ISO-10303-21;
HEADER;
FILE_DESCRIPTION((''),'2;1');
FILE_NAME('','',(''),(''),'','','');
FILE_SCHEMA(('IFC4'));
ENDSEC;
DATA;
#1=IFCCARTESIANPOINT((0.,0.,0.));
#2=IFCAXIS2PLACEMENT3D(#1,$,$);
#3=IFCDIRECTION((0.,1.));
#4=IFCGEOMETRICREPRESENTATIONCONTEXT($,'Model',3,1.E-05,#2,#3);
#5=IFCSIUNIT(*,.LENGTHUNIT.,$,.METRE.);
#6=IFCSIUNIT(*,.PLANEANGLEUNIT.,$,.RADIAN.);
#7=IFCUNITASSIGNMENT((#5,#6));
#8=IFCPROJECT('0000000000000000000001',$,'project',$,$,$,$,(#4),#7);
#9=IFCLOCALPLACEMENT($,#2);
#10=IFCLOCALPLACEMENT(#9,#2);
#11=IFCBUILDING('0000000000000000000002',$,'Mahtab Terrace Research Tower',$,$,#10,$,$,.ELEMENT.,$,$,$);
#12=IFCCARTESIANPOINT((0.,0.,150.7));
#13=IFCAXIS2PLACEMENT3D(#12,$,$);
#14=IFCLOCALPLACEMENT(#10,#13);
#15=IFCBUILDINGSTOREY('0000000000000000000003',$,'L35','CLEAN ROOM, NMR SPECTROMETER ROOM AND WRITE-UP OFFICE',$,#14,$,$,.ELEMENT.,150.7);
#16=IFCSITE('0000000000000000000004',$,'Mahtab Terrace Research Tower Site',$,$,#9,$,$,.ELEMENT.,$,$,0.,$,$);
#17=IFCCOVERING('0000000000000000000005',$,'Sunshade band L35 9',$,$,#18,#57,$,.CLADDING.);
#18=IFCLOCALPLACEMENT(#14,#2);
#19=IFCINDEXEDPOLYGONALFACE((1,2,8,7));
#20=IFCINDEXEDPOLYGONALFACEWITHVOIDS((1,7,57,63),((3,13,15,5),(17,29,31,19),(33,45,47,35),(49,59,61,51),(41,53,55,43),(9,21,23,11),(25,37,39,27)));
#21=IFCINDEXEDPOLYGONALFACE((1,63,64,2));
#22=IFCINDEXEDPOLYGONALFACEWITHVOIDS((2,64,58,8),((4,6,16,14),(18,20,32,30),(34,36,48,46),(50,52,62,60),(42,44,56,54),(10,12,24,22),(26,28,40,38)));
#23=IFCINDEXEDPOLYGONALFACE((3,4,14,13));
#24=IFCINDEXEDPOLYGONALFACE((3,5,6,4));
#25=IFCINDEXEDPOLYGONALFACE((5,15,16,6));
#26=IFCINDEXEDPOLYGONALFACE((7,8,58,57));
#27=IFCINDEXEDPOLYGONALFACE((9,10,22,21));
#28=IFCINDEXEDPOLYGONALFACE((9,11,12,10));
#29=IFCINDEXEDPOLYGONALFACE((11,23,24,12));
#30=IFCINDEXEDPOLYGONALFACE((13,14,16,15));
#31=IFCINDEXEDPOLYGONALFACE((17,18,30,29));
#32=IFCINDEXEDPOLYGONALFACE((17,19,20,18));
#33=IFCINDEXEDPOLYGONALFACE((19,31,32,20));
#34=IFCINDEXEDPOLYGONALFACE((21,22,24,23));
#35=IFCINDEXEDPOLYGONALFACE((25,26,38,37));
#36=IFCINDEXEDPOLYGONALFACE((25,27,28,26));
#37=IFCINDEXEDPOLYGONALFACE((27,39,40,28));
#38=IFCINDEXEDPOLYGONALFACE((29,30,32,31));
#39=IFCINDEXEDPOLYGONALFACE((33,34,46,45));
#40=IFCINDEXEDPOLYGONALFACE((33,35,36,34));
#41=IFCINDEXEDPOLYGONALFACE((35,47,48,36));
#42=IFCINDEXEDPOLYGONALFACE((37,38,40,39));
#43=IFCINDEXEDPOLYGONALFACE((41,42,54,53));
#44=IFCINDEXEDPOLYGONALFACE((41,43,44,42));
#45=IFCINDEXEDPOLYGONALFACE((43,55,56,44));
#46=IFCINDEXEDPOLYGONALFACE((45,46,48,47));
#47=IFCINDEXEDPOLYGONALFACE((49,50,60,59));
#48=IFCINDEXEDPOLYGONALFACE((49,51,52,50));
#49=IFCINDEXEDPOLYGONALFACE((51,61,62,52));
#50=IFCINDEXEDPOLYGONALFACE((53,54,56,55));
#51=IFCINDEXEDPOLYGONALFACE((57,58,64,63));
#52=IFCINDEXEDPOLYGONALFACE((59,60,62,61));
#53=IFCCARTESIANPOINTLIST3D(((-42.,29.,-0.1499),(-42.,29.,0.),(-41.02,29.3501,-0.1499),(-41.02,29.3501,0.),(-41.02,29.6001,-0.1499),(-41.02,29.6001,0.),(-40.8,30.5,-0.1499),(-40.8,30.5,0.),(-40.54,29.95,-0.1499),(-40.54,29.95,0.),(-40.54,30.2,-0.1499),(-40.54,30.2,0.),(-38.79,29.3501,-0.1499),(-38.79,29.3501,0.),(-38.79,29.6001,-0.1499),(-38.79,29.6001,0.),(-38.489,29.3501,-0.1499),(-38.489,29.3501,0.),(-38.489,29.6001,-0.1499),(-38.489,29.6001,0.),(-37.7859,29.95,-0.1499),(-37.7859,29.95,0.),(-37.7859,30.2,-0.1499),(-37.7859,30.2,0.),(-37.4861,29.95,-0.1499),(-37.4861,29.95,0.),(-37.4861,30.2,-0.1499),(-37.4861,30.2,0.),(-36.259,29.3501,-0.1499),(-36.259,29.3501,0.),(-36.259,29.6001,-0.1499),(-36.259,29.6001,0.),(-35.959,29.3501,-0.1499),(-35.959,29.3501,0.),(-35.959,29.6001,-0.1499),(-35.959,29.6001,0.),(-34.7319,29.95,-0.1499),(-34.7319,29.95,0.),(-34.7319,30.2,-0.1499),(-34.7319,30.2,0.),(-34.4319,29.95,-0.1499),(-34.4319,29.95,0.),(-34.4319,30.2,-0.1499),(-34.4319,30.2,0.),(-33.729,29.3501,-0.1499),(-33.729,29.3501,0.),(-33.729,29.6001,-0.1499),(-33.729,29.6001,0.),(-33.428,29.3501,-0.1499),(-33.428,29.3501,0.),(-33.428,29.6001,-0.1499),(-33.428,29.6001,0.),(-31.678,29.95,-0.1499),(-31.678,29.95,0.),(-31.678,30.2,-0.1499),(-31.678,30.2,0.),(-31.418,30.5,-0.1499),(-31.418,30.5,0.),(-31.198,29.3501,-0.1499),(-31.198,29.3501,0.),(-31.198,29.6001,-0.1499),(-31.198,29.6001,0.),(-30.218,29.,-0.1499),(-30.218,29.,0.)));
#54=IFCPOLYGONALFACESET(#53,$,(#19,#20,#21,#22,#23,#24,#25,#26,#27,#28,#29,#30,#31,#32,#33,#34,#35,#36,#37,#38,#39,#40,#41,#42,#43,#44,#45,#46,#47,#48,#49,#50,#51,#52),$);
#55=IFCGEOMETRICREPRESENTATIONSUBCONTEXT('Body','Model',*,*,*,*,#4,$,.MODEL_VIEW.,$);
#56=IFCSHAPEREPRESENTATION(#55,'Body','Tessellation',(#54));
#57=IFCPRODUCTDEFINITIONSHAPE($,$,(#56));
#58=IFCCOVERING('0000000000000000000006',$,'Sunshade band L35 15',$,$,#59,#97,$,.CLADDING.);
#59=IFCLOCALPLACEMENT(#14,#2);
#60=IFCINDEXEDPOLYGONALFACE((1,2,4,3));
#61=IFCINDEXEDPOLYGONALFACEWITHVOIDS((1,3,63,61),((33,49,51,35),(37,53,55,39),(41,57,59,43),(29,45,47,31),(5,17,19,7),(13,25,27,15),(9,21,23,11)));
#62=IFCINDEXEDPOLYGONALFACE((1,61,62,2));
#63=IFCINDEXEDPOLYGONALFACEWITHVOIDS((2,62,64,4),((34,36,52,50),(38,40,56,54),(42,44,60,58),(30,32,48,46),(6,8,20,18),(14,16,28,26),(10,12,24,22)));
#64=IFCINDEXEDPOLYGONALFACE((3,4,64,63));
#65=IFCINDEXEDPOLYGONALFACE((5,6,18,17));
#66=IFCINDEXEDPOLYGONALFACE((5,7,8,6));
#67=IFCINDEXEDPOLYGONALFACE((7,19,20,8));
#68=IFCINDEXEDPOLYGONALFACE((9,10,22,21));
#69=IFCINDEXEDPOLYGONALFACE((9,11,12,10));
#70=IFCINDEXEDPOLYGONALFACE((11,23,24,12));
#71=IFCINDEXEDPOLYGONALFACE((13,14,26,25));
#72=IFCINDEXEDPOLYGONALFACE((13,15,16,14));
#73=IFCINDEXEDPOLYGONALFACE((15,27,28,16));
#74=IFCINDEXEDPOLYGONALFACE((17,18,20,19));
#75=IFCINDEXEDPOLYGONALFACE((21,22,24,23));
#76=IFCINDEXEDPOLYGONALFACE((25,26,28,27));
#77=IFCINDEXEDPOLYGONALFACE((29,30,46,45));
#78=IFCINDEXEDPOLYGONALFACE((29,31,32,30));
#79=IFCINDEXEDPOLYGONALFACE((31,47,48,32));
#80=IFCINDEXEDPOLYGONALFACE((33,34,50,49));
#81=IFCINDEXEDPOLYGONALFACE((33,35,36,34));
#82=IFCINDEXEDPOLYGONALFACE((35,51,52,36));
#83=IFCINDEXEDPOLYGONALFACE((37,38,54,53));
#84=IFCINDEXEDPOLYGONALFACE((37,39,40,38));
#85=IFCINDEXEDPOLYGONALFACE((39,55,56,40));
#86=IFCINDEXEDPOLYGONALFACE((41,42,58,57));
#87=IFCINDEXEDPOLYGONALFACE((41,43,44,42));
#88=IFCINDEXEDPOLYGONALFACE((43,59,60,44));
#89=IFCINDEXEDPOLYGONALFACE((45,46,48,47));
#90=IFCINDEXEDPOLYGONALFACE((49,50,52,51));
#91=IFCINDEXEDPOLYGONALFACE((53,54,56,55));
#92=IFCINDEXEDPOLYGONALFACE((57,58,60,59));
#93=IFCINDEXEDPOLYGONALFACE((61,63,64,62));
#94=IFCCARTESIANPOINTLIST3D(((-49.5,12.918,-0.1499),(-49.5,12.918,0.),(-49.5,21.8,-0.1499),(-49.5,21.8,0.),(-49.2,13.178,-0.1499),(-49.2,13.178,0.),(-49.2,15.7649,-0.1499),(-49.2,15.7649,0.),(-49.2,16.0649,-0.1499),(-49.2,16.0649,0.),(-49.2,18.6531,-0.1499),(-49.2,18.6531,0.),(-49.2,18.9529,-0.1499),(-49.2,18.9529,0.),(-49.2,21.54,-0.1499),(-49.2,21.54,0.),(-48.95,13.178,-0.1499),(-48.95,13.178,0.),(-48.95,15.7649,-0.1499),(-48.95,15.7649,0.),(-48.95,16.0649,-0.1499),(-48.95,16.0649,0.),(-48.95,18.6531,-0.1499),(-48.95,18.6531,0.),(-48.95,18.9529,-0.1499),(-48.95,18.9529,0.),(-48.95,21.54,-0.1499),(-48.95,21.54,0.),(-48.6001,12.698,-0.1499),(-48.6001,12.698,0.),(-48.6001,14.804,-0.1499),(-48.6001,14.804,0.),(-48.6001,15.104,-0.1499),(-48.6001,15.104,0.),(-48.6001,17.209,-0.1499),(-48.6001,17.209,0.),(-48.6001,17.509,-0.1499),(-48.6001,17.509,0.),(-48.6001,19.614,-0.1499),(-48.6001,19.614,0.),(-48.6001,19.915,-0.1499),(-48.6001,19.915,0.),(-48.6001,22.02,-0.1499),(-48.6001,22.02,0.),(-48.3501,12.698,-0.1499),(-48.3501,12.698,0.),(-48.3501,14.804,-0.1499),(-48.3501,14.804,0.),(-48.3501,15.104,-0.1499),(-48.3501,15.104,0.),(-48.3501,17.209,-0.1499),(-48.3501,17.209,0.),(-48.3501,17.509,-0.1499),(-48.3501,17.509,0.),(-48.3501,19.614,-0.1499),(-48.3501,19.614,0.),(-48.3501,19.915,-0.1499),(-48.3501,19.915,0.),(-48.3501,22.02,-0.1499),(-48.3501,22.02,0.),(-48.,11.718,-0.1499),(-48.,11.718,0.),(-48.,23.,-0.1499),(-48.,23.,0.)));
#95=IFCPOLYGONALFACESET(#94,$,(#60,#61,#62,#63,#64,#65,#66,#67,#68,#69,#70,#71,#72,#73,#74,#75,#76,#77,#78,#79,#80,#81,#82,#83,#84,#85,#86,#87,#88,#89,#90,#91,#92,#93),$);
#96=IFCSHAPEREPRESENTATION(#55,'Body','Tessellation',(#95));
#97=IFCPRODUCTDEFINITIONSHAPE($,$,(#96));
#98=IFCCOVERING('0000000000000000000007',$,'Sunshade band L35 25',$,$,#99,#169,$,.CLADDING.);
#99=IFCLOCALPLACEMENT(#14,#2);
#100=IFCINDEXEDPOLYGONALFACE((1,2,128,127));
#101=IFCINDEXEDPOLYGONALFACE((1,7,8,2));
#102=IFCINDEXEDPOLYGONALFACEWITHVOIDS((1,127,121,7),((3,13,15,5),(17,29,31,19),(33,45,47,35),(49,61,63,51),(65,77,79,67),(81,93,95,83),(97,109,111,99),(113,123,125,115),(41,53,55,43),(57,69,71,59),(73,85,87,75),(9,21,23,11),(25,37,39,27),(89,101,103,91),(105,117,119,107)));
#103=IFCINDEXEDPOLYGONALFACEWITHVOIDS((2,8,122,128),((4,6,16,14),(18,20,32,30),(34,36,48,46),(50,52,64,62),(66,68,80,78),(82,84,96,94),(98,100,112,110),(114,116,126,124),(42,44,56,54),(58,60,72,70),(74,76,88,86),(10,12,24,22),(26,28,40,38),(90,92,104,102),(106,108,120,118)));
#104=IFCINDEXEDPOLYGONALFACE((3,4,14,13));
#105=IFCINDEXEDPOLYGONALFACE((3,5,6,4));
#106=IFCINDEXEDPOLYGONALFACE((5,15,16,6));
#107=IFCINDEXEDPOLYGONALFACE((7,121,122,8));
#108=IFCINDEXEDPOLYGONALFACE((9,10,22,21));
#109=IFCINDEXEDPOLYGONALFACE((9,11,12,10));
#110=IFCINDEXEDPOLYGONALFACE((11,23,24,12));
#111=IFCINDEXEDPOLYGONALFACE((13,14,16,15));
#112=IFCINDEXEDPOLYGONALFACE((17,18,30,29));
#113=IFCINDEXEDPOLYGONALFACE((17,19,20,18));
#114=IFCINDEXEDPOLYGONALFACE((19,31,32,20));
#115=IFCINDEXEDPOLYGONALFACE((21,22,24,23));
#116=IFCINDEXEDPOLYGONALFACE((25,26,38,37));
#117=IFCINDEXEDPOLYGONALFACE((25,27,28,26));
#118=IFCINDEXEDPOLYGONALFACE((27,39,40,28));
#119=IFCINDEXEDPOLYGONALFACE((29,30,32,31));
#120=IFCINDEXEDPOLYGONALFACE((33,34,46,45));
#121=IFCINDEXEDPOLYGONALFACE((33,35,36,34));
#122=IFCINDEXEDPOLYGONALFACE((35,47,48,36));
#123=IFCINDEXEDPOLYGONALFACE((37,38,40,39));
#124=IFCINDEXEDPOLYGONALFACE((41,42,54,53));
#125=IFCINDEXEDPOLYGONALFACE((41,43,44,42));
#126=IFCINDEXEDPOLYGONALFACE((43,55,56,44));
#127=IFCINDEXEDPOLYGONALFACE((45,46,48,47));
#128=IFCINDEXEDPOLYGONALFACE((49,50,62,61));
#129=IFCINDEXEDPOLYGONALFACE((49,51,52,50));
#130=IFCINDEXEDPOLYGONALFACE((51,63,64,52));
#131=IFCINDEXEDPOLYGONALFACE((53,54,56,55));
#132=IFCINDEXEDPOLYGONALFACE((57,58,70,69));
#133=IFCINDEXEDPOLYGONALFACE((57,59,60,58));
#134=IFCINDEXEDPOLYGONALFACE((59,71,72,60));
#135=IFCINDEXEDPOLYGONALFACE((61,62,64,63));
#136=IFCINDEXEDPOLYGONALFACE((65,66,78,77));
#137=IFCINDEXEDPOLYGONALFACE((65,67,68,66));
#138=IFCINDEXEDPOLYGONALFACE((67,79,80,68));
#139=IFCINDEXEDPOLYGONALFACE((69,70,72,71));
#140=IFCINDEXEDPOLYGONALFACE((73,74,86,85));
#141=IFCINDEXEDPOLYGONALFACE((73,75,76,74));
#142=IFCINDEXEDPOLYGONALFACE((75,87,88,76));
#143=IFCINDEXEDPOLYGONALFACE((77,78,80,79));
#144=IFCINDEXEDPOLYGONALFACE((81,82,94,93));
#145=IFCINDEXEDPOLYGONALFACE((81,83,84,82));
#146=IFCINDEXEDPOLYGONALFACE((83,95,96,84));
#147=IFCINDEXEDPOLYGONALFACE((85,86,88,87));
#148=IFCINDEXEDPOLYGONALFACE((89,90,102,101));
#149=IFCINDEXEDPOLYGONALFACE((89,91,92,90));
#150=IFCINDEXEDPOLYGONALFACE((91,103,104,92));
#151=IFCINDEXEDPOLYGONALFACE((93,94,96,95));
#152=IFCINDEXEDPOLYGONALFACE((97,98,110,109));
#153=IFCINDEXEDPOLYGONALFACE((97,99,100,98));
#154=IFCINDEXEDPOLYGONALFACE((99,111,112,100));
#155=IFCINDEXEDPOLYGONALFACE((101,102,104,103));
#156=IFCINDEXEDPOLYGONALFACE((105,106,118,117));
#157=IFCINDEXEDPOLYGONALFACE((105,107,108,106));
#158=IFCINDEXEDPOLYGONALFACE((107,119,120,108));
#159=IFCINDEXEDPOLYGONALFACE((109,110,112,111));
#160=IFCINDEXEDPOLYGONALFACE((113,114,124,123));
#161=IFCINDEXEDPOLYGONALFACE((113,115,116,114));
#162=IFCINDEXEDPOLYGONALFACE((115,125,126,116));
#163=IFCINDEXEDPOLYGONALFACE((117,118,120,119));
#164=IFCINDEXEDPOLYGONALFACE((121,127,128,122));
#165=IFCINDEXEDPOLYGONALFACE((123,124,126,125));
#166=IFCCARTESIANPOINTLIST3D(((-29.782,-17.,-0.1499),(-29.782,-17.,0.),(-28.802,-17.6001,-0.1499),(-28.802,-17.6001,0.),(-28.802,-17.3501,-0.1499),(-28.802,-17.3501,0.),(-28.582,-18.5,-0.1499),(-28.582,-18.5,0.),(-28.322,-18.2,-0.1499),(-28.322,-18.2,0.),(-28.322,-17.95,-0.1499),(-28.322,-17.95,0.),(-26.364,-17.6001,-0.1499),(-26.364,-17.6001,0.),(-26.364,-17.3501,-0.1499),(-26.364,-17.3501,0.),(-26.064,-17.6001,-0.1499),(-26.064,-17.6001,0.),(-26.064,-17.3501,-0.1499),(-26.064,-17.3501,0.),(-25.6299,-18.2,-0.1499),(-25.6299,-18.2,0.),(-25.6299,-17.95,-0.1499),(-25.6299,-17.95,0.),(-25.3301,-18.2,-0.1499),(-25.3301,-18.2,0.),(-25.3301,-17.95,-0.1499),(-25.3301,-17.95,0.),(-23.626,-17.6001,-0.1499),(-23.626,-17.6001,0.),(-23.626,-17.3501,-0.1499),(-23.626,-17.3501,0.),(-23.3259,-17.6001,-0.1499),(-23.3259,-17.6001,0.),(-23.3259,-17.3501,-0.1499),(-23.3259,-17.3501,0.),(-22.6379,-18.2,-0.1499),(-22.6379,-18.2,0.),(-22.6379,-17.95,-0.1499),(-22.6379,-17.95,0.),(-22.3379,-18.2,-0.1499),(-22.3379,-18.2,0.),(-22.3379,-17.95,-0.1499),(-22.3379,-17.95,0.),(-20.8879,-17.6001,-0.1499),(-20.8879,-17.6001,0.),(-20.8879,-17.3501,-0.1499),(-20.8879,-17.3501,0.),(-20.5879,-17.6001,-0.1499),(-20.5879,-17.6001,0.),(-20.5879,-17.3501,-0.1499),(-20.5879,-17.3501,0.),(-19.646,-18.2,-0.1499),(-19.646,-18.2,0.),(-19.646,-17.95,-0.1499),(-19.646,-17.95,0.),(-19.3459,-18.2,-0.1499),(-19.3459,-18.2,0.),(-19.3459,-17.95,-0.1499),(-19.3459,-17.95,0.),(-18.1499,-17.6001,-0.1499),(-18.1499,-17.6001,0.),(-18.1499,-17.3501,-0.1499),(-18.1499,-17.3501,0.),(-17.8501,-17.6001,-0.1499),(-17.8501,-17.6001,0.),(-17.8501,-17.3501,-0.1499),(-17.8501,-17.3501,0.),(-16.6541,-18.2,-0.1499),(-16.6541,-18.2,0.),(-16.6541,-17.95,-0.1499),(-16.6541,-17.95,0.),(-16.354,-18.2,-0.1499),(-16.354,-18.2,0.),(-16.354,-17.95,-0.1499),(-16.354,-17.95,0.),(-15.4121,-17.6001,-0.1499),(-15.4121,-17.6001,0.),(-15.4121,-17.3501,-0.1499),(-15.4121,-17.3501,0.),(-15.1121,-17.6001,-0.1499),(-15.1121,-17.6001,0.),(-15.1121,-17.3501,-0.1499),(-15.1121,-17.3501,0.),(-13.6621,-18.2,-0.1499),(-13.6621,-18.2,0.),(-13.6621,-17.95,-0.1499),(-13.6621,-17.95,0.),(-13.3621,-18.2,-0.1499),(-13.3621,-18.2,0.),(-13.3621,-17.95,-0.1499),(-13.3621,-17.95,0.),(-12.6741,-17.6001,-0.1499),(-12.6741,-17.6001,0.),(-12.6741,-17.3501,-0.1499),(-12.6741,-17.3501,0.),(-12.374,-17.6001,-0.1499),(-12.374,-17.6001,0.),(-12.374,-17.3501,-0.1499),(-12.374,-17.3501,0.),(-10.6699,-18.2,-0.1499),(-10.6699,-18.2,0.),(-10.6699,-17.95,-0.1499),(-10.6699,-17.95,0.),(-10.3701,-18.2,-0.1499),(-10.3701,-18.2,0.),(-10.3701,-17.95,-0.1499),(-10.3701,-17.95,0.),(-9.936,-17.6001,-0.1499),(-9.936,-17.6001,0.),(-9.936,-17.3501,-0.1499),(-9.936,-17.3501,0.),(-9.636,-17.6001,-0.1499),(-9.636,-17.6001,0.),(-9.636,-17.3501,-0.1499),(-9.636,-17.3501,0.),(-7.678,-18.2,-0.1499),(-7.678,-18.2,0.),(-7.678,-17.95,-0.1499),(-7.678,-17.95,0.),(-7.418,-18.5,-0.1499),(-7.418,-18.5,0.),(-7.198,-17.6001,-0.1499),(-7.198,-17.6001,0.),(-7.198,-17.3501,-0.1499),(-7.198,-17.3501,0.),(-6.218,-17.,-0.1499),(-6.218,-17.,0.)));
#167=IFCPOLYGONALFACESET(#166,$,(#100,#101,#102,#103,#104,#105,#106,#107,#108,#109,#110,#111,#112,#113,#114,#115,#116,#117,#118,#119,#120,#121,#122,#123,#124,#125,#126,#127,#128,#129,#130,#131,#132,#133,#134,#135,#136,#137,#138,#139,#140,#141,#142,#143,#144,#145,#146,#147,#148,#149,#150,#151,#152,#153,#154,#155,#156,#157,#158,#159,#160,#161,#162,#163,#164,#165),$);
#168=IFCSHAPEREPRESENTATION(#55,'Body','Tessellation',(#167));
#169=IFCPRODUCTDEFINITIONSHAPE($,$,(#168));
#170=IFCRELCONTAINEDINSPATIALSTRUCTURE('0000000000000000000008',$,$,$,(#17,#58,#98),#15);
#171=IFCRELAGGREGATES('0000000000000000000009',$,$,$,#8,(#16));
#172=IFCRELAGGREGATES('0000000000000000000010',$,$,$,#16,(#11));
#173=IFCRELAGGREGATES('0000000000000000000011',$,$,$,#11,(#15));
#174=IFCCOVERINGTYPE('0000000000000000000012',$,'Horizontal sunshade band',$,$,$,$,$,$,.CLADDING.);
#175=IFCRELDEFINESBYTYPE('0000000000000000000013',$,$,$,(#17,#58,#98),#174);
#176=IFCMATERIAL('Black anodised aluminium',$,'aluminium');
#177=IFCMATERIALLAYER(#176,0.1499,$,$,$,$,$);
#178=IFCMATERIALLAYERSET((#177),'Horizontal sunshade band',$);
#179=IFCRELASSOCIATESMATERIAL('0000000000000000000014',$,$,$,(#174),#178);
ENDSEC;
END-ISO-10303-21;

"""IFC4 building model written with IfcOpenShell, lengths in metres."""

from ifc_helpers import new_model, si_unit, direction, frame, origin, place, context, subcontext, project, spatial, polyline, outline, extrude, material, layer, layer_set, type_object, element, save


model = new_model("IFC4")

# Units and contexts
model_context = context("Model", 3, precision=1e-05, world=origin(), true_north=direction((0.0, 1.0)))
body_context = subcontext(model_context, "Body", "Model", "MODEL_VIEW")
ifc_project = project(units=[si_unit("LENGTHUNIT", "METRE"), si_unit("PLANEANGLEUNIT", "RADIAN")], contexts=[model_context])

# Site, building, storey
site_placement = place(None, origin())
site = spatial("IfcSite", under=ifc_project, at=site_placement, Name="Mahtab Terrace Research Tower Site", CompositionType="ELEMENT", RefElevation=0.0)
building_placement = place(site_placement, origin())
building = spatial("IfcBuilding", under=site, at=building_placement, Name="Mahtab Terrace Research Tower", CompositionType="ELEMENT")
storey_placement = place(building_placement, frame((0.0, 0.0, 150.7)))
storey = spatial("IfcBuildingStorey", under=building, at=storey_placement, Name="L35", Description="CLEAN ROOM, NMR SPECTROMETER ROOM AND WRITE-UP OFFICE", CompositionType="ELEMENT", Elevation=150.7)

# Coverings
ifc_material_1 = material(Name="Black anodised aluminium", Category="aluminium")
ifc_layer_1 = layer(ifc_material_1, 0.1499)
ifc_layer_set_1 = layer_set([ifc_layer_1], Name="Horizontal sunshade band")
covering_type = type_object("IfcCoveringType", Name="Horizontal sunshade band", PredefinedType="CLADDING", material=ifc_layer_set_1)
covering_1_placement = place(storey_placement, frame((0.0, 0.0, -0.1499)))
element("IfcCovering", 1, at=covering_1_placement, inside=storey, type_object=covering_type, Name="Sunshade band L35 9", PredefinedType="CLADDING", context=body_context, shape_type="SweptSolid", body=[
    extrude(outline(polyline([(-30.218, 29.0), (-42.0, 29.0), (-40.8, 30.5), (-31.418, 30.5), (-30.218, 29.0)]), holes=[polyline([(-31.198, 29.3501), (-33.428, 29.3501), (-33.428, 29.6001), (-31.198, 29.6001), (-31.198, 29.3501)]), polyline([(-33.729, 29.3501), (-35.959, 29.3501), (-35.959, 29.6001), (-33.729, 29.6001), (-33.729, 29.3501)]), polyline([(-36.259, 29.3501), (-38.489, 29.3501), (-38.489, 29.6001), (-36.259, 29.6001), (-36.259, 29.3501)]), polyline([(-38.79, 29.3501), (-41.02, 29.3501), (-41.02, 29.6001), (-38.79, 29.6001), (-38.79, 29.3501)]), polyline([(-31.678, 29.95), (-34.4319, 29.95), (-34.4319, 30.2), (-31.678, 30.2), (-31.678, 29.95)]), polyline([(-34.7319, 29.95), (-37.4861, 29.95), (-37.4861, 30.2), (-34.7319, 30.2), (-34.7319, 29.95)]), polyline([(-37.7859, 29.95), (-40.54, 29.95), (-40.54, 30.2), (-37.7859, 30.2), (-37.7859, 29.95)])]), origin(), (0.0, 0.0, 1.0), 0.1499),
])
covering_2_placement = place(storey_placement, frame((0.0, 0.0, -0.1499)))
element("IfcCovering", 2, at=covering_2_placement, inside=storey, type_object=covering_type, Name="Sunshade band L35 15", PredefinedType="CLADDING", context=body_context, shape_type="SweptSolid", body=[
    extrude(outline(polyline([(-48.0, 23.0), (-48.0, 11.718), (-49.5, 12.918), (-49.5, 21.8), (-48.0, 23.0)]), holes=[polyline([(-48.3501, 22.02), (-48.3501, 19.915), (-48.6001, 19.915), (-48.6001, 22.02), (-48.3501, 22.02)]), polyline([(-48.3501, 19.614), (-48.3501, 17.509), (-48.6001, 17.509), (-48.6001, 19.614), (-48.3501, 19.614)]), polyline([(-48.3501, 17.209), (-48.3501, 15.104), (-48.6001, 15.104), (-48.6001, 17.209), (-48.3501, 17.209)]), polyline([(-48.3501, 14.804), (-48.3501, 12.698), (-48.6001, 12.698), (-48.6001, 14.804), (-48.3501, 14.804)]), polyline([(-48.95, 21.54), (-48.95, 18.9529), (-49.2, 18.9529), (-49.2, 21.54), (-48.95, 21.54)]), polyline([(-48.95, 18.6531), (-48.95, 16.0649), (-49.2, 16.0649), (-49.2, 18.6531), (-48.95, 18.6531)]), polyline([(-48.95, 15.7649), (-48.95, 13.178), (-49.2, 13.178), (-49.2, 15.7649), (-48.95, 15.7649)])]), origin(), (0.0, 0.0, 1.0), 0.1499),
])
covering_3_placement = place(storey_placement, frame((0.0, 0.0, -0.1499)))
element("IfcCovering", 3, at=covering_3_placement, inside=storey, type_object=covering_type, Name="Sunshade band L35 25", PredefinedType="CLADDING", context=body_context, shape_type="SweptSolid", body=[
    extrude(outline(polyline([(-29.782, -17.0), (-6.218, -17.0), (-7.418, -18.5), (-28.582, -18.5), (-29.782, -17.0)]), holes=[polyline([(-28.802, -17.3501), (-26.364, -17.3501), (-26.364, -17.6001), (-28.802, -17.6001), (-28.802, -17.3501)]), polyline([(-26.064, -17.3501), (-23.626, -17.3501), (-23.626, -17.6001), (-26.064, -17.6001), (-26.064, -17.3501)]), polyline([(-23.3259, -17.3501), (-20.8879, -17.3501), (-20.8879, -17.6001), (-23.3259, -17.6001), (-23.3259, -17.3501)]), polyline([(-20.5879, -17.3501), (-18.1499, -17.3501), (-18.1499, -17.6001), (-20.5879, -17.6001), (-20.5879, -17.3501)]), polyline([(-17.8501, -17.3501), (-15.4121, -17.3501), (-15.4121, -17.6001), (-17.8501, -17.6001), (-17.8501, -17.3501)]), polyline([(-15.1121, -17.3501), (-12.6741, -17.3501), (-12.6741, -17.6001), (-15.1121, -17.6001), (-15.1121, -17.3501)]), polyline([(-12.374, -17.3501), (-9.936, -17.3501), (-9.936, -17.6001), (-12.374, -17.6001), (-12.374, -17.3501)]), polyline([(-9.636, -17.3501), (-7.198, -17.3501), (-7.198, -17.6001), (-9.636, -17.6001), (-9.636, -17.3501)]), polyline([(-28.322, -17.95), (-25.6299, -17.95), (-25.6299, -18.2), (-28.322, -18.2), (-28.322, -17.95)]), polyline([(-25.3301, -17.95), (-22.6379, -17.95), (-22.6379, -18.2), (-25.3301, -18.2), (-25.3301, -17.95)]), polyline([(-22.3379, -17.95), (-19.646, -17.95), (-19.646, -18.2), (-22.3379, -18.2), (-22.3379, -17.95)]), polyline([(-19.3459, -17.95), (-16.6541, -17.95), (-16.6541, -18.2), (-19.3459, -18.2), (-19.3459, -17.95)]), polyline([(-16.354, -17.95), (-13.6621, -17.95), (-13.6621, -18.2), (-16.354, -18.2), (-16.354, -17.95)]), polyline([(-13.3621, -17.95), (-10.6699, -17.95), (-10.6699, -18.2), (-13.3621, -18.2), (-13.3621, -17.95)]), polyline([(-10.3701, -17.95), (-7.678, -17.95), (-7.678, -18.2), (-10.3701, -18.2), (-10.3701, -17.95)])]), origin(), (0.0, 0.0, 1.0), 0.1499),
])

save(model, "model.ifc")
